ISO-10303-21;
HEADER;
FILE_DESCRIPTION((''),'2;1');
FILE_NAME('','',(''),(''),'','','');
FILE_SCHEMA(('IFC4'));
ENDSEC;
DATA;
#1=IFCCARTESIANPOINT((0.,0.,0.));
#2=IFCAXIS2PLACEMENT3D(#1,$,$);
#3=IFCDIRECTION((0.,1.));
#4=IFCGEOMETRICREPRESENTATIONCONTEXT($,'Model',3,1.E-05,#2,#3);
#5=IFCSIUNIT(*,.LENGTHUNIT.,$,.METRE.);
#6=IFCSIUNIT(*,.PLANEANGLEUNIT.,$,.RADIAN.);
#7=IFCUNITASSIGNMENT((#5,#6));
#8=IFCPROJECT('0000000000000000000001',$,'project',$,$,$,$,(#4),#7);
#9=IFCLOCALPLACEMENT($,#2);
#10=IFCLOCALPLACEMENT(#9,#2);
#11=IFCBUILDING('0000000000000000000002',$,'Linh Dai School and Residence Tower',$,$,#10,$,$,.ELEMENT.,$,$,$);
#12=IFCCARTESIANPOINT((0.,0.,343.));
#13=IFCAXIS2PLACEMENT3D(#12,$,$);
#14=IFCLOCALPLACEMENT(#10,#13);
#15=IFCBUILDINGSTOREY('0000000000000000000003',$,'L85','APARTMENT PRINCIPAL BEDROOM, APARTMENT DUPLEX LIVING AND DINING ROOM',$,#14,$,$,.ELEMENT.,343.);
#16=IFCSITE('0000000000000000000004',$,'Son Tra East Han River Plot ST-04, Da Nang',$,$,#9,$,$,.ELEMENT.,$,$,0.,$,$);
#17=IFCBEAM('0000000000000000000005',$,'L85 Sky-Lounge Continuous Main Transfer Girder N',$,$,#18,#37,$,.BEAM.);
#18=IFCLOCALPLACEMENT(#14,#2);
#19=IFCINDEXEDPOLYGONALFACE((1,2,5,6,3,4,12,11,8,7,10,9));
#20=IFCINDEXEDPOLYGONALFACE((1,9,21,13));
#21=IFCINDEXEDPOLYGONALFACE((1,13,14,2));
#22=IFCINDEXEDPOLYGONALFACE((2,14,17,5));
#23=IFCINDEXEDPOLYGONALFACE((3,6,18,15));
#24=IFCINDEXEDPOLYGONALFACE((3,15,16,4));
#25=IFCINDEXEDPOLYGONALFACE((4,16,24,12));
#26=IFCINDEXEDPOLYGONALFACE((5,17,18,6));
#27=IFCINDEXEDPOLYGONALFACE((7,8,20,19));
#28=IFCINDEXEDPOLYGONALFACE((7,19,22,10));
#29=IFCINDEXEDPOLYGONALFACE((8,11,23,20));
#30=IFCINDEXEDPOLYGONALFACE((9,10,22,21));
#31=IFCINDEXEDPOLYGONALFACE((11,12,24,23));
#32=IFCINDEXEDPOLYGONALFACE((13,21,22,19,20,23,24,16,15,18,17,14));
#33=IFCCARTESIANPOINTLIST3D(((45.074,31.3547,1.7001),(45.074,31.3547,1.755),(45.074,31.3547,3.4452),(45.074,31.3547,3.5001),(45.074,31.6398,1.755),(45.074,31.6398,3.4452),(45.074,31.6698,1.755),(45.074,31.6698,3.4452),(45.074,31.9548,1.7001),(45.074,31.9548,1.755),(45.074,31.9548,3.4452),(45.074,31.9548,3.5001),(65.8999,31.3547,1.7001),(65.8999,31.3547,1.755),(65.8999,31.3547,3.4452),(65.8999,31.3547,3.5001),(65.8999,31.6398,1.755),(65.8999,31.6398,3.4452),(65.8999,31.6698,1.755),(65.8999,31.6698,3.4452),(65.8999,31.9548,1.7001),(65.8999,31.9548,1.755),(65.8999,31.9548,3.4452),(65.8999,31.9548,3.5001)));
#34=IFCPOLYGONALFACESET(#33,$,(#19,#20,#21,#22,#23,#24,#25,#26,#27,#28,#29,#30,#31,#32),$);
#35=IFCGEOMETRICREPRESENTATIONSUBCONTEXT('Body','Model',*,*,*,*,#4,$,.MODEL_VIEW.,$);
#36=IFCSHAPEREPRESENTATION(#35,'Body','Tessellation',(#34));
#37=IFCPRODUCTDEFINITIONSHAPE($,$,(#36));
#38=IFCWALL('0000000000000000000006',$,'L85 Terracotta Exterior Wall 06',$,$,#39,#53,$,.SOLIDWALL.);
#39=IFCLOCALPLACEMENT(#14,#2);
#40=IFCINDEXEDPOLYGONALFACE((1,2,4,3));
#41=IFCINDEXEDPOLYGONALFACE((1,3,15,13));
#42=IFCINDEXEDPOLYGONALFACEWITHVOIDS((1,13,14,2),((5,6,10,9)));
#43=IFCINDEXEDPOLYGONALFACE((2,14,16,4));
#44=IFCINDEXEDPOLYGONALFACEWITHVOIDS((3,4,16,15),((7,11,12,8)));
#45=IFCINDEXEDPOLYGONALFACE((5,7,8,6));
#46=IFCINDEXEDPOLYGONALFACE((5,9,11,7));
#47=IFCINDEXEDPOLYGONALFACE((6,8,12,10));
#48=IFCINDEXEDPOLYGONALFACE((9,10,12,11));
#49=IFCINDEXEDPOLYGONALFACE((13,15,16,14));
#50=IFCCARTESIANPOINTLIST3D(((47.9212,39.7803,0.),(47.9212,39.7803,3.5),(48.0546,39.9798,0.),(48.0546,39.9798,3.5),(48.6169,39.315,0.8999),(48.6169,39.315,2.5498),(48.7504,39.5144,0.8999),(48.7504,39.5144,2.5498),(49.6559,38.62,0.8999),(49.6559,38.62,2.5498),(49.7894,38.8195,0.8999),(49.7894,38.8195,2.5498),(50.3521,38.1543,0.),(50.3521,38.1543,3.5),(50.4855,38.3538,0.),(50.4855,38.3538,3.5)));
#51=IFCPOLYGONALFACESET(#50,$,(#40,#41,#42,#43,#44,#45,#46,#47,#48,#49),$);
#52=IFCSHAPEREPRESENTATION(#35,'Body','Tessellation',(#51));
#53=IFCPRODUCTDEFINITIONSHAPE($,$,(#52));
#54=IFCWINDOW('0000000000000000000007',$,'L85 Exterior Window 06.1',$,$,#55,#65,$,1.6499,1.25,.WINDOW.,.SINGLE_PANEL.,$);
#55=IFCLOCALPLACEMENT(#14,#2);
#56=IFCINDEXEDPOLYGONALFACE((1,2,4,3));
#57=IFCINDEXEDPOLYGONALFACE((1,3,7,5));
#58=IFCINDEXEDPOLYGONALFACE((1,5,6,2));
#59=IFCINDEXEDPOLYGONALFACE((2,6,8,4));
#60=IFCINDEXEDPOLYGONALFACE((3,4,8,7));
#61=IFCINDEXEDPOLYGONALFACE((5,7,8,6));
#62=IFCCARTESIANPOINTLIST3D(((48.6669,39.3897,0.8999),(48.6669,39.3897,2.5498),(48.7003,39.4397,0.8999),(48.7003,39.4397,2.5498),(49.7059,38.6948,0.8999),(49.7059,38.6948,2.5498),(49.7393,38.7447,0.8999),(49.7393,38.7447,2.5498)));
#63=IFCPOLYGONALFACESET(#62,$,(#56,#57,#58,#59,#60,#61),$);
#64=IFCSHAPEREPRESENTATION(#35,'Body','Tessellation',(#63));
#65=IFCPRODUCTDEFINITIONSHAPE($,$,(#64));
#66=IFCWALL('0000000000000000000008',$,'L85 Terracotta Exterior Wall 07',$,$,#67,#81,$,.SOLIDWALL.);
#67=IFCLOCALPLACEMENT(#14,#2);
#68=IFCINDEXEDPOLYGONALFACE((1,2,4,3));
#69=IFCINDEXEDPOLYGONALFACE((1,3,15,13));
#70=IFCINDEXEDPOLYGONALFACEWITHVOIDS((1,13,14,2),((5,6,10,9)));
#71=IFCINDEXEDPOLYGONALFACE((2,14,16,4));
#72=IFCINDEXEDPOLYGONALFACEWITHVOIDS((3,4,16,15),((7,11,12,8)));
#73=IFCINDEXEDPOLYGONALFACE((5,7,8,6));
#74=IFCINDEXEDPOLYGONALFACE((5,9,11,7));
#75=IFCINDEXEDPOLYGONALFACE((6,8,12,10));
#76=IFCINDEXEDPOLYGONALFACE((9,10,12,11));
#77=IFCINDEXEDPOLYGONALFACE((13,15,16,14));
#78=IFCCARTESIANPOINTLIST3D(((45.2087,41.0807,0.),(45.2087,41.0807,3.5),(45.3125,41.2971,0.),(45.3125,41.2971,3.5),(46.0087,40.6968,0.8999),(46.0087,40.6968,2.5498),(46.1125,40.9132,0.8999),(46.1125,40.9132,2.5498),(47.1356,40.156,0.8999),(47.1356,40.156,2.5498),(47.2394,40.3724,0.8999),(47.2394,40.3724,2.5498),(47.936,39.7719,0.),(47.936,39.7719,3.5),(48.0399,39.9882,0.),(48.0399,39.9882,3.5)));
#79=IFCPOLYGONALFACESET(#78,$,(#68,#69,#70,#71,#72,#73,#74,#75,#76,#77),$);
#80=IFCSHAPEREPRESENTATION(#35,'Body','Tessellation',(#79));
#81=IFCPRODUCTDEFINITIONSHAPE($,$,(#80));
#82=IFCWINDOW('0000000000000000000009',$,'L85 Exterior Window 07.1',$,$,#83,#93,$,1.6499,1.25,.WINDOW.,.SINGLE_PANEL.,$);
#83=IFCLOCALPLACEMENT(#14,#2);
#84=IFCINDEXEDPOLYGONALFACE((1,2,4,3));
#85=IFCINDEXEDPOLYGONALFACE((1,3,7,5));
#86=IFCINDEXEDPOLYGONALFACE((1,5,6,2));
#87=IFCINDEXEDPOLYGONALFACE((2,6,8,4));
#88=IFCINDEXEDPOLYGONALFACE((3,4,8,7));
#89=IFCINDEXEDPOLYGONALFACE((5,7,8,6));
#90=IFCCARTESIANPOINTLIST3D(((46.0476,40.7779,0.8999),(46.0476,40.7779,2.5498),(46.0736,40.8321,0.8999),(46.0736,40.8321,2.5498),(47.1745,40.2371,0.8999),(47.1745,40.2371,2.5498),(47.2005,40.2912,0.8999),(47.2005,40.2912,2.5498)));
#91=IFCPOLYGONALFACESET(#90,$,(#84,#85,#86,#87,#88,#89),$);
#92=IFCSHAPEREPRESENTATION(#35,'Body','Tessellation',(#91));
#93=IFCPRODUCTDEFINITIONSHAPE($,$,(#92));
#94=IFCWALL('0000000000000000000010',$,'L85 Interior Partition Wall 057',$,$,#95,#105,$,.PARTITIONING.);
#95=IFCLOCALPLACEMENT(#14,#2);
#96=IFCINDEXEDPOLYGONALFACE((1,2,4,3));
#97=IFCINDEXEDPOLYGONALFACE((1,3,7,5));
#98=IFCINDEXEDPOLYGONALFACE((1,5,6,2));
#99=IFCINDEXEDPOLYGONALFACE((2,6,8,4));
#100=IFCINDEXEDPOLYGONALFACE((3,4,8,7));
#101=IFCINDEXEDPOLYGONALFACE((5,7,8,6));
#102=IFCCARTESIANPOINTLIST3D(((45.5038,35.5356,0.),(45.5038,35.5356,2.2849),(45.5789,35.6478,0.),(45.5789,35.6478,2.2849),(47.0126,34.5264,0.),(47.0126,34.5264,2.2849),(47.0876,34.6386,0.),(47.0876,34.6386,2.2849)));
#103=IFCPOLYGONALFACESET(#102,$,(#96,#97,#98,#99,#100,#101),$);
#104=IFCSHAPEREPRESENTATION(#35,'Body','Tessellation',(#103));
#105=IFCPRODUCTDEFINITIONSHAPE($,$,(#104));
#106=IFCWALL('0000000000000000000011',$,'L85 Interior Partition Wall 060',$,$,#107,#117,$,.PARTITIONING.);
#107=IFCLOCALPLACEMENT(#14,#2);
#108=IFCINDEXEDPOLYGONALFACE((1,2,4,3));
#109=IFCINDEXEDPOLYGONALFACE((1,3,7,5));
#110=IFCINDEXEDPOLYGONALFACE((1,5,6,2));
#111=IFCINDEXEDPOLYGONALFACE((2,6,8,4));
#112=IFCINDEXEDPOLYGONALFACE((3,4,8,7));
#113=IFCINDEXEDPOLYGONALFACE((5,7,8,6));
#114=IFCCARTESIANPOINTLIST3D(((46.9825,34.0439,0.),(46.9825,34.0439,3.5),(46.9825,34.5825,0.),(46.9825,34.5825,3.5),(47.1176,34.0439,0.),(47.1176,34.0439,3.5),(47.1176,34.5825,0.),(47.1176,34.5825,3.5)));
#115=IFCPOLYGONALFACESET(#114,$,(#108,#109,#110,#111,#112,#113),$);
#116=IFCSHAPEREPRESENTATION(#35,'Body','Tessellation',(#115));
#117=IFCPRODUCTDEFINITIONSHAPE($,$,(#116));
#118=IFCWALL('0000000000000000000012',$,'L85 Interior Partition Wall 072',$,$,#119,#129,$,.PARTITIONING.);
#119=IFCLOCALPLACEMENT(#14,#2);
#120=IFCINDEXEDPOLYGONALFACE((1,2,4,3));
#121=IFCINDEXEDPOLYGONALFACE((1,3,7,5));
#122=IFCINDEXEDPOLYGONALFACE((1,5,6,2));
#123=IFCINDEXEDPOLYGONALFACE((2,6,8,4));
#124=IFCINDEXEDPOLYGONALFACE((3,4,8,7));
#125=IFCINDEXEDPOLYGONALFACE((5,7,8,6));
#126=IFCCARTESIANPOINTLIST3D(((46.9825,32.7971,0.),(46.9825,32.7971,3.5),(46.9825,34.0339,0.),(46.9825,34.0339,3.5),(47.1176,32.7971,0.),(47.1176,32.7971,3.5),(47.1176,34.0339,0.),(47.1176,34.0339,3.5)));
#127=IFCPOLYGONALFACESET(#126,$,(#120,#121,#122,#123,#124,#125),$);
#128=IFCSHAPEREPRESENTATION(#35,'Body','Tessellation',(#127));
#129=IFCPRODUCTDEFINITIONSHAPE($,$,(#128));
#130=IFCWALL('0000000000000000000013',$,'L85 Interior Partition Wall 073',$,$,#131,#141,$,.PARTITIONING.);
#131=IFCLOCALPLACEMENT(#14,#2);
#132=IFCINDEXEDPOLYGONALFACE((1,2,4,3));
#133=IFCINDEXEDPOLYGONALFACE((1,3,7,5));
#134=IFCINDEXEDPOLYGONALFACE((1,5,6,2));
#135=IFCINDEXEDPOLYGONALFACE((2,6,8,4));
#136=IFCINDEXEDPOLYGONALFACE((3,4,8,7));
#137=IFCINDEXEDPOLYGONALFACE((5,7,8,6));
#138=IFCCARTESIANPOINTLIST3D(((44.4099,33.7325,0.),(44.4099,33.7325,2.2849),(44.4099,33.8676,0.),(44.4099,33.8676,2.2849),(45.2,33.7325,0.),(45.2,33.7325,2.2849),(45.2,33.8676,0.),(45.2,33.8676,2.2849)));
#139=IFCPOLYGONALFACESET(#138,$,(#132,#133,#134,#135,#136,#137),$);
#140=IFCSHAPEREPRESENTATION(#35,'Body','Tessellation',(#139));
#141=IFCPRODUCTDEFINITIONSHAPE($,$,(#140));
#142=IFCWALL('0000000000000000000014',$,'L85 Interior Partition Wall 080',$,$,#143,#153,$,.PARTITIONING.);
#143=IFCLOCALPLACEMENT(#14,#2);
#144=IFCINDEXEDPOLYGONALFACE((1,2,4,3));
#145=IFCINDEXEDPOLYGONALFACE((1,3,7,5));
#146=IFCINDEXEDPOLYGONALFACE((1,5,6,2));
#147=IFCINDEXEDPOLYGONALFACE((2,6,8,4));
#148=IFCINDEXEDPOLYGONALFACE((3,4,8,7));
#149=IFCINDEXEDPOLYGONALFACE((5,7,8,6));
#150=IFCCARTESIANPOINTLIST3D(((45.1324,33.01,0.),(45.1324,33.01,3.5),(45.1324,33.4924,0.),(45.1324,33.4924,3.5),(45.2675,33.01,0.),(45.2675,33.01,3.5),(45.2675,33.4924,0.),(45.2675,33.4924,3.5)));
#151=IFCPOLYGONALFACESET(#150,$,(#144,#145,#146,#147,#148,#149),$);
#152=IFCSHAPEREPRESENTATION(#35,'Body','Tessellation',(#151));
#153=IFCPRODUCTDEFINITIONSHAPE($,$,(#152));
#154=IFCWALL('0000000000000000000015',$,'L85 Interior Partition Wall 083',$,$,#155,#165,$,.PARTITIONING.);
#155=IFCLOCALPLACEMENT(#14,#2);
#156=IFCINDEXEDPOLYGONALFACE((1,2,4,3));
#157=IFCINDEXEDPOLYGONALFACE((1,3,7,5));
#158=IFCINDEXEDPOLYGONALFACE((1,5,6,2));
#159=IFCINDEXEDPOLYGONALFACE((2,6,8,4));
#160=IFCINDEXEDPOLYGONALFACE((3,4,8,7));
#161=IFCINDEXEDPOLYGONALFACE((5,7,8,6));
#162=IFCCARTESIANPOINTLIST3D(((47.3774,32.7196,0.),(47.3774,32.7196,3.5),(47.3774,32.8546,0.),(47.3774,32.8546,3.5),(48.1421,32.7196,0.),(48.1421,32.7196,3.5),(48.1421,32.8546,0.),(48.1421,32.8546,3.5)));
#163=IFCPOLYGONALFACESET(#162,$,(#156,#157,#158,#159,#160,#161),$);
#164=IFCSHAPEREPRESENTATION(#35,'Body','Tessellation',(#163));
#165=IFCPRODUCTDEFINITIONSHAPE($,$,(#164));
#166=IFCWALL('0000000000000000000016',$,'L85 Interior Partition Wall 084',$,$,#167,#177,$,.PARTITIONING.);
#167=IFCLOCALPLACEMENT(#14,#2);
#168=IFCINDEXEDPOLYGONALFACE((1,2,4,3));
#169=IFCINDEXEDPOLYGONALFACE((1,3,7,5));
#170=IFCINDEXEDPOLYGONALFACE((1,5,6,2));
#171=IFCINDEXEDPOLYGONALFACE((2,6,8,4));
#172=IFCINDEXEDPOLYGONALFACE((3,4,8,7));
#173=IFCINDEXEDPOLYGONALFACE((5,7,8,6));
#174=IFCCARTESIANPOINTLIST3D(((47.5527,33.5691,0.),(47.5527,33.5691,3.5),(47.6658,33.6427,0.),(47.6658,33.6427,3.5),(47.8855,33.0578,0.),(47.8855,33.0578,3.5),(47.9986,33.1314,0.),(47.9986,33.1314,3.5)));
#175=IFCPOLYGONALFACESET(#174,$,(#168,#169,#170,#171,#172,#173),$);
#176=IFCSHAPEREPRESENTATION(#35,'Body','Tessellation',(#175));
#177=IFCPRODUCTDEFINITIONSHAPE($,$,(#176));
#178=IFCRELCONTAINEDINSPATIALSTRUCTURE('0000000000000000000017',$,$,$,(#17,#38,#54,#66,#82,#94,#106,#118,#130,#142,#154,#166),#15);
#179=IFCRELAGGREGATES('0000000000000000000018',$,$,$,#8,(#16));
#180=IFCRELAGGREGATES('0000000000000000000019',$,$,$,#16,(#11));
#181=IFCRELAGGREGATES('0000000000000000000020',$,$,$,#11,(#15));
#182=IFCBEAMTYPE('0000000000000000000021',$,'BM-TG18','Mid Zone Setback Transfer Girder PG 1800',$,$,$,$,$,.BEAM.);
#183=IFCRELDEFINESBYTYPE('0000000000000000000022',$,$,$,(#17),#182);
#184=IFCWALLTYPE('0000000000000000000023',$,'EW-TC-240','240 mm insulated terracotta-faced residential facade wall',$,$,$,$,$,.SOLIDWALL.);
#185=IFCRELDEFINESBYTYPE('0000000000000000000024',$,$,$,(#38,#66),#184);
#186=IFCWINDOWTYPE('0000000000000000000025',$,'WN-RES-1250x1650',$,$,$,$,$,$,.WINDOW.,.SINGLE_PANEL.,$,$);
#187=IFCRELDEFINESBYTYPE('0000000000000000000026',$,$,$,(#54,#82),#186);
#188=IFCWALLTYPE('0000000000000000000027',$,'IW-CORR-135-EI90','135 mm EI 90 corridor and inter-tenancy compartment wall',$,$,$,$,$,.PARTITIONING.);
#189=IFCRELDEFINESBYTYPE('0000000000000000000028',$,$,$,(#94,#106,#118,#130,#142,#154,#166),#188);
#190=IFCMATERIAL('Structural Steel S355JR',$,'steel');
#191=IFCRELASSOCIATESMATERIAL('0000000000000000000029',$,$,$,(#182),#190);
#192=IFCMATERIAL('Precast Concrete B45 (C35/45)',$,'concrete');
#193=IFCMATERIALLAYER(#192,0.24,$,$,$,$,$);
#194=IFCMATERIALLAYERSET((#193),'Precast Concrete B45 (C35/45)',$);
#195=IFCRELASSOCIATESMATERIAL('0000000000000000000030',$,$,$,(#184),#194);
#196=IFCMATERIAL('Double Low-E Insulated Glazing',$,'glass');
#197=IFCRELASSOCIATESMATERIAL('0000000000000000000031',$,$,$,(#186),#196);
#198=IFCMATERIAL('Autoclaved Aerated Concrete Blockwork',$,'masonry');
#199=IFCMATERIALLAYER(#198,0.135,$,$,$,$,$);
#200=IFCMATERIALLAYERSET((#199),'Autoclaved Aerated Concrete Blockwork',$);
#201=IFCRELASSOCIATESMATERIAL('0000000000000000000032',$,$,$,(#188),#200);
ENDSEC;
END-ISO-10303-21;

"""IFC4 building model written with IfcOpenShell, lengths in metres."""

from ifc_helpers import new_model, si_unit, direction, frame, frame_2d, origin, origin_2d, place, context, subcontext, project, spatial, rectangle, i_section, extrude, source, transform, mapped, material, layer, layer_set, material_profile, profile_set, type_object, element, fill, save


model = new_model("IFC4")

# Units and contexts
model_context = context("Model", 3, precision=1e-05, world=origin(), true_north=direction((0.0, 1.0)))
body_context = subcontext(model_context, "Body", "Model", "MODEL_VIEW")
ifc_project = project(units=[si_unit("LENGTHUNIT", "METRE"), si_unit("PLANEANGLEUNIT", "RADIAN")], contexts=[model_context])

# Site, building, storey
site_placement = place(None, origin())
site = spatial("IfcSite", under=ifc_project, at=site_placement, Name="Son Tra East Han River Plot ST-04, Da Nang", CompositionType="ELEMENT", RefElevation=0.0)
building_placement = place(site_placement, origin())
building = spatial("IfcBuilding", under=site, at=building_placement, Name="Linh Dai School and Residence Tower", CompositionType="ELEMENT")
storey_placement = place(building_placement, frame((0.0, 0.0, 343.0)))
storey = spatial("IfcBuildingStorey", under=building, at=storey_placement, Name="L85", Description="APARTMENT PRINCIPAL BEDROOM, APARTMENT DUPLEX LIVING AND DINING ROOM", CompositionType="ELEMENT", Elevation=343.0)

# Shared definitions
ifc_material_1 = material(Name="Structural Steel S355JR", Category="steel")

# Beam
ifc_material_profile_1 = material_profile(ifc_material_1, i_section(OverallWidth=0.6001, OverallDepth=1.8, WebThickness=0.03, FlangeThickness=0.0549, at=origin_2d()), Name="PG 1800x600x30x55")
ifc_profile_set_1 = profile_set([ifc_material_profile_1], Name="Structural Steel S355JR")
beam_type_1 = type_object("IfcBeamType", Name="BM-TG18", Description="Mid Zone Setback Transfer Girder PG 1800", PredefinedType="BEAM", material=ifc_profile_set_1)
beam_1_placement = place(storey_placement, frame((45.074, 31.6548, 2.6001), z_axis=(1.0, 0.0, 0.0), x_axis=(0.0, 1.0, 0.0)))
element("IfcBeam", 1, at=beam_1_placement, inside=storey, type_object=beam_type_1, Name="L85 Sky-Lounge Continuous Main Transfer Girder N", PredefinedType="BEAM", context=body_context, shape_type="SweptSolid", body=[
    extrude(i_section(OverallWidth=0.6001, OverallDepth=1.8, WebThickness=0.03, FlangeThickness=0.0549, at=origin_2d()), origin(), (0.0, 0.0, 1.0), 20.8259),
])

# Walls, openings, windows
ifc_material_2 = material(Name="Precast Concrete B45 (C35/45)", Category="concrete")
ifc_layer_1 = layer(ifc_material_2, 0.24)
ifc_layer_set_1 = layer_set([ifc_layer_1], Name="Precast Concrete B45 (C35/45)")
wall_type_1 = type_object("IfcWallType", Name="EW-TC-240", Description="240 mm insulated terracotta-faced residential facade wall", PredefinedType="SOLIDWALL", material=ifc_layer_set_1)
wall_1_placement = place(storey_placement, frame((47.9878, 39.8801, 0.0), z_axis=(0.0, 0.0, 1.0), x_axis=(0.831202, -0.555971, 0.0)))
wall_1 = element("IfcWall", 2, at=wall_1_placement, inside=storey, type_object=wall_type_1, Name="L85 Terracotta Exterior Wall 06", PredefinedType="SOLIDWALL", context=body_context, shape_type="SweptSolid", body=[
    extrude(rectangle(XDim=2.9246, YDim=0.24, at=frame_2d((1.4624, 0.0))), origin(), (0.0, 0.0, 1.0), 3.5),
])
opening_1_placement = place(wall_1_placement, frame((0.8372, 0.0, 0.8999)))
opening_1 = element("IfcOpeningElement", 3, at=opening_1_placement, cuts=wall_1, PredefinedType="OPENING", context=body_context, shape_type="SweptSolid", body=[
    extrude(rectangle(XDim=1.25, YDim=1.6499, at=origin_2d()), frame((0.625, 0.1299, 0.825), z_axis=(0.0, -1.0, 0.0), x_axis=(1.0, 0.0, 0.0)), (0.0, 0.0, 1.0), 0.26),
])
ifc_material_3 = material(Name="Double Low-E Insulated Glazing", Category="glass")
window_type = type_object("IfcWindowType", Name="WN-RES-1250x1650", PartitioningType="SINGLE_PANEL", PredefinedType="WINDOW", material=ifc_material_3)
shared_shape_1 = source(origin(), body_context, "Body", "SweptSolid", [
    extrude(rectangle(XDim=1.25, YDim=1.6499, at=origin_2d()), frame((0.625, 0.03, 0.825), z_axis=(0.0, -1.0, 0.0), x_axis=(1.0, 0.0, 0.0)), (0.0, 0.0, 1.0), 0.0601),
])
window_1_placement = place(opening_1_placement, origin())
window_1 = element("IfcWindow", 4, at=window_1_placement, inside=storey, type_object=window_type, Name="L85 Exterior Window 06.1", OverallHeight=1.6499, OverallWidth=1.25, PartitioningType="SINGLE_PANEL", PredefinedType="WINDOW", context=body_context, shape_type="MappedRepresentation", body=[
    mapped(shared_shape_1, transform((0.0, 0.0, 0.0), x_axis=(1.0, 0.0, 0.0), y_axis=(0.0, 1.0, 0.0), z_axis=(0.0, 0.0, 1.0), scale=1.0)),
])
fill(opening_1, window_1)
wall_2_placement = place(storey_placement, frame((45.2605, 41.189, 0.0), z_axis=(0.0, 0.0, 1.0), x_axis=(0.901557, -0.43266, 0.0)))
wall_2 = element("IfcWall", 5, at=wall_2_placement, inside=storey, type_object=wall_type_1, Name="L85 Terracotta Exterior Wall 07", PredefinedType="SOLIDWALL", context=body_context, shape_type="SweptSolid", body=[
    extrude(rectangle(XDim=3.0251, YDim=0.24, at=frame_2d((1.5127, 0.0))), origin(), (0.0, 0.0, 1.0), 3.5),
])
opening_2_placement = place(wall_2_placement, frame((0.8875, 0.0, 0.8999)))
opening_2 = element("IfcOpeningElement", 6, at=opening_2_placement, cuts=wall_2, PredefinedType="OPENING", context=body_context, shape_type="SweptSolid", body=[
    extrude(rectangle(XDim=1.25, YDim=1.6499, at=origin_2d()), frame((0.625, 0.1299, 0.825), z_axis=(0.0, -1.0, 0.0), x_axis=(1.0, 0.0, 0.0)), (0.0, 0.0, 1.0), 0.26),
])
window_2_placement = place(opening_2_placement, origin())
window_2 = element("IfcWindow", 7, at=window_2_placement, inside=storey, type_object=window_type, Name="L85 Exterior Window 07.1", OverallHeight=1.6499, OverallWidth=1.25, PartitioningType="SINGLE_PANEL", PredefinedType="WINDOW", context=body_context, shape_type="MappedRepresentation", body=[
    mapped(shared_shape_1, transform((0.0, 0.0, 0.0), x_axis=(1.0, 0.0, 0.0), y_axis=(0.0, 1.0, 0.0), z_axis=(0.0, 0.0, 1.0), scale=1.0)),
])
fill(opening_2, window_2)

# Walls
ifc_material_4 = material(Name="Autoclaved Aerated Concrete Blockwork", Category="masonry")
ifc_layer_2 = layer(ifc_material_4, 0.135)
ifc_layer_set_2 = layer_set([ifc_layer_2], Name="Autoclaved Aerated Concrete Blockwork")
wall_type_2 = type_object("IfcWallType", Name="IW-CORR-135-EI90", Description="135 mm EI 90 corridor and inter-tenancy compartment wall", PredefinedType="PARTITIONING", material=ifc_layer_set_2)
wall_3_placement = place(storey_placement, frame((45.5413, 35.5918, 0.0), z_axis=(0.0, 0.0, 1.0), x_axis=(0.83118, -0.556003, 0.0)))
element("IfcWall", 8, at=wall_3_placement, inside=storey, type_object=wall_type_2, Name="L85 Interior Partition Wall 057", PredefinedType="PARTITIONING", context=body_context, shape_type="SweptSolid", body=[
    extrude(rectangle(XDim=1.8152, YDim=0.135, at=frame_2d((0.9077, 0.0))), origin(), (0.0, 0.0, 1.0), 2.2849),
])
wall_4_placement = place(storey_placement, frame((47.05, 34.0439, 0.0), z_axis=(0.0, 0.0, 1.0), x_axis=(0.0, 1.0, 0.0)))
element("IfcWall", 9, at=wall_4_placement, inside=storey, type_object=wall_type_2, Name="L85 Interior Partition Wall 060", PredefinedType="PARTITIONING", context=body_context, shape_type="SweptSolid", body=[
    extrude(rectangle(XDim=0.5386, YDim=0.135, at=frame_2d((0.2693, 0.0))), origin(), (0.0, 0.0, 1.0), 3.5),
])
wall_5_placement = place(storey_placement, frame((47.05, 34.0339, 0.0), z_axis=(0.0, 0.0, 1.0), x_axis=(0.0, -1.0, 0.0)))
element("IfcWall", 10, at=wall_5_placement, inside=storey, type_object=wall_type_2, Name="L85 Interior Partition Wall 072", PredefinedType="PARTITIONING", context=body_context, shape_type="SweptSolid", body=[
    extrude(rectangle(XDim=1.2368, YDim=0.135, at=frame_2d((0.6184, 0.0))), origin(), (0.0, 0.0, 1.0), 3.5),
])
wall_6_placement = place(storey_placement, frame((45.2, 33.8, 0.0), z_axis=(0.0, 0.0, 1.0), x_axis=(-1.0, 0.0, 0.0)))
element("IfcWall", 11, at=wall_6_placement, inside=storey, type_object=wall_type_2, Name="L85 Interior Partition Wall 073", PredefinedType="PARTITIONING", context=body_context, shape_type="SweptSolid", body=[
    extrude(rectangle(XDim=0.79, YDim=0.135, at=frame_2d((0.395, 0.0))), origin(), (0.0, 0.0, 1.0), 2.2849),
])
wall_7_placement = place(storey_placement, frame((45.2, 33.01, 0.0), z_axis=(0.0, 0.0, 1.0), x_axis=(0.0, 1.0, 0.0)))
element("IfcWall", 12, at=wall_7_placement, inside=storey, type_object=wall_type_2, Name="L85 Interior Partition Wall 080", PredefinedType="PARTITIONING", context=body_context, shape_type="SweptSolid", body=[
    extrude(rectangle(XDim=0.4824, YDim=0.135, at=frame_2d((0.2412, 0.0))), origin(), (0.0, 0.0, 1.0), 3.5),
])
wall_8_placement = place(storey_placement, frame((47.3774, 32.7871, 0.0), z_axis=(0.0, 0.0, 1.0), x_axis=(1.0, 0.0, 0.0)))
element("IfcWall", 13, at=wall_8_placement, inside=storey, type_object=wall_type_2, Name="L85 Interior Partition Wall 083", PredefinedType="PARTITIONING", context=body_context, shape_type="SweptSolid", body=[
    extrude(rectangle(XDim=0.7646, YDim=0.135, at=frame_2d((0.3823, 0.0))), origin(), (0.0, 0.0, 1.0), 3.5),
])
wall_9_placement = place(storey_placement, frame((47.9421, 33.0945, 0.0), z_axis=(0.0, 0.0, 1.0), x_axis=(-0.545523, 0.838096, 0.0)))
element("IfcWall", 14, at=wall_9_placement, inside=storey, type_object=wall_type_2, Name="L85 Interior Partition Wall 084", PredefinedType="PARTITIONING", context=body_context, shape_type="SweptSolid", body=[
    extrude(rectangle(XDim=0.6101, YDim=0.135, at=frame_2d((0.3052, 0.0))), origin(), (0.0, 0.0, 1.0), 3.5),
])

save(model, "model.ifc")
